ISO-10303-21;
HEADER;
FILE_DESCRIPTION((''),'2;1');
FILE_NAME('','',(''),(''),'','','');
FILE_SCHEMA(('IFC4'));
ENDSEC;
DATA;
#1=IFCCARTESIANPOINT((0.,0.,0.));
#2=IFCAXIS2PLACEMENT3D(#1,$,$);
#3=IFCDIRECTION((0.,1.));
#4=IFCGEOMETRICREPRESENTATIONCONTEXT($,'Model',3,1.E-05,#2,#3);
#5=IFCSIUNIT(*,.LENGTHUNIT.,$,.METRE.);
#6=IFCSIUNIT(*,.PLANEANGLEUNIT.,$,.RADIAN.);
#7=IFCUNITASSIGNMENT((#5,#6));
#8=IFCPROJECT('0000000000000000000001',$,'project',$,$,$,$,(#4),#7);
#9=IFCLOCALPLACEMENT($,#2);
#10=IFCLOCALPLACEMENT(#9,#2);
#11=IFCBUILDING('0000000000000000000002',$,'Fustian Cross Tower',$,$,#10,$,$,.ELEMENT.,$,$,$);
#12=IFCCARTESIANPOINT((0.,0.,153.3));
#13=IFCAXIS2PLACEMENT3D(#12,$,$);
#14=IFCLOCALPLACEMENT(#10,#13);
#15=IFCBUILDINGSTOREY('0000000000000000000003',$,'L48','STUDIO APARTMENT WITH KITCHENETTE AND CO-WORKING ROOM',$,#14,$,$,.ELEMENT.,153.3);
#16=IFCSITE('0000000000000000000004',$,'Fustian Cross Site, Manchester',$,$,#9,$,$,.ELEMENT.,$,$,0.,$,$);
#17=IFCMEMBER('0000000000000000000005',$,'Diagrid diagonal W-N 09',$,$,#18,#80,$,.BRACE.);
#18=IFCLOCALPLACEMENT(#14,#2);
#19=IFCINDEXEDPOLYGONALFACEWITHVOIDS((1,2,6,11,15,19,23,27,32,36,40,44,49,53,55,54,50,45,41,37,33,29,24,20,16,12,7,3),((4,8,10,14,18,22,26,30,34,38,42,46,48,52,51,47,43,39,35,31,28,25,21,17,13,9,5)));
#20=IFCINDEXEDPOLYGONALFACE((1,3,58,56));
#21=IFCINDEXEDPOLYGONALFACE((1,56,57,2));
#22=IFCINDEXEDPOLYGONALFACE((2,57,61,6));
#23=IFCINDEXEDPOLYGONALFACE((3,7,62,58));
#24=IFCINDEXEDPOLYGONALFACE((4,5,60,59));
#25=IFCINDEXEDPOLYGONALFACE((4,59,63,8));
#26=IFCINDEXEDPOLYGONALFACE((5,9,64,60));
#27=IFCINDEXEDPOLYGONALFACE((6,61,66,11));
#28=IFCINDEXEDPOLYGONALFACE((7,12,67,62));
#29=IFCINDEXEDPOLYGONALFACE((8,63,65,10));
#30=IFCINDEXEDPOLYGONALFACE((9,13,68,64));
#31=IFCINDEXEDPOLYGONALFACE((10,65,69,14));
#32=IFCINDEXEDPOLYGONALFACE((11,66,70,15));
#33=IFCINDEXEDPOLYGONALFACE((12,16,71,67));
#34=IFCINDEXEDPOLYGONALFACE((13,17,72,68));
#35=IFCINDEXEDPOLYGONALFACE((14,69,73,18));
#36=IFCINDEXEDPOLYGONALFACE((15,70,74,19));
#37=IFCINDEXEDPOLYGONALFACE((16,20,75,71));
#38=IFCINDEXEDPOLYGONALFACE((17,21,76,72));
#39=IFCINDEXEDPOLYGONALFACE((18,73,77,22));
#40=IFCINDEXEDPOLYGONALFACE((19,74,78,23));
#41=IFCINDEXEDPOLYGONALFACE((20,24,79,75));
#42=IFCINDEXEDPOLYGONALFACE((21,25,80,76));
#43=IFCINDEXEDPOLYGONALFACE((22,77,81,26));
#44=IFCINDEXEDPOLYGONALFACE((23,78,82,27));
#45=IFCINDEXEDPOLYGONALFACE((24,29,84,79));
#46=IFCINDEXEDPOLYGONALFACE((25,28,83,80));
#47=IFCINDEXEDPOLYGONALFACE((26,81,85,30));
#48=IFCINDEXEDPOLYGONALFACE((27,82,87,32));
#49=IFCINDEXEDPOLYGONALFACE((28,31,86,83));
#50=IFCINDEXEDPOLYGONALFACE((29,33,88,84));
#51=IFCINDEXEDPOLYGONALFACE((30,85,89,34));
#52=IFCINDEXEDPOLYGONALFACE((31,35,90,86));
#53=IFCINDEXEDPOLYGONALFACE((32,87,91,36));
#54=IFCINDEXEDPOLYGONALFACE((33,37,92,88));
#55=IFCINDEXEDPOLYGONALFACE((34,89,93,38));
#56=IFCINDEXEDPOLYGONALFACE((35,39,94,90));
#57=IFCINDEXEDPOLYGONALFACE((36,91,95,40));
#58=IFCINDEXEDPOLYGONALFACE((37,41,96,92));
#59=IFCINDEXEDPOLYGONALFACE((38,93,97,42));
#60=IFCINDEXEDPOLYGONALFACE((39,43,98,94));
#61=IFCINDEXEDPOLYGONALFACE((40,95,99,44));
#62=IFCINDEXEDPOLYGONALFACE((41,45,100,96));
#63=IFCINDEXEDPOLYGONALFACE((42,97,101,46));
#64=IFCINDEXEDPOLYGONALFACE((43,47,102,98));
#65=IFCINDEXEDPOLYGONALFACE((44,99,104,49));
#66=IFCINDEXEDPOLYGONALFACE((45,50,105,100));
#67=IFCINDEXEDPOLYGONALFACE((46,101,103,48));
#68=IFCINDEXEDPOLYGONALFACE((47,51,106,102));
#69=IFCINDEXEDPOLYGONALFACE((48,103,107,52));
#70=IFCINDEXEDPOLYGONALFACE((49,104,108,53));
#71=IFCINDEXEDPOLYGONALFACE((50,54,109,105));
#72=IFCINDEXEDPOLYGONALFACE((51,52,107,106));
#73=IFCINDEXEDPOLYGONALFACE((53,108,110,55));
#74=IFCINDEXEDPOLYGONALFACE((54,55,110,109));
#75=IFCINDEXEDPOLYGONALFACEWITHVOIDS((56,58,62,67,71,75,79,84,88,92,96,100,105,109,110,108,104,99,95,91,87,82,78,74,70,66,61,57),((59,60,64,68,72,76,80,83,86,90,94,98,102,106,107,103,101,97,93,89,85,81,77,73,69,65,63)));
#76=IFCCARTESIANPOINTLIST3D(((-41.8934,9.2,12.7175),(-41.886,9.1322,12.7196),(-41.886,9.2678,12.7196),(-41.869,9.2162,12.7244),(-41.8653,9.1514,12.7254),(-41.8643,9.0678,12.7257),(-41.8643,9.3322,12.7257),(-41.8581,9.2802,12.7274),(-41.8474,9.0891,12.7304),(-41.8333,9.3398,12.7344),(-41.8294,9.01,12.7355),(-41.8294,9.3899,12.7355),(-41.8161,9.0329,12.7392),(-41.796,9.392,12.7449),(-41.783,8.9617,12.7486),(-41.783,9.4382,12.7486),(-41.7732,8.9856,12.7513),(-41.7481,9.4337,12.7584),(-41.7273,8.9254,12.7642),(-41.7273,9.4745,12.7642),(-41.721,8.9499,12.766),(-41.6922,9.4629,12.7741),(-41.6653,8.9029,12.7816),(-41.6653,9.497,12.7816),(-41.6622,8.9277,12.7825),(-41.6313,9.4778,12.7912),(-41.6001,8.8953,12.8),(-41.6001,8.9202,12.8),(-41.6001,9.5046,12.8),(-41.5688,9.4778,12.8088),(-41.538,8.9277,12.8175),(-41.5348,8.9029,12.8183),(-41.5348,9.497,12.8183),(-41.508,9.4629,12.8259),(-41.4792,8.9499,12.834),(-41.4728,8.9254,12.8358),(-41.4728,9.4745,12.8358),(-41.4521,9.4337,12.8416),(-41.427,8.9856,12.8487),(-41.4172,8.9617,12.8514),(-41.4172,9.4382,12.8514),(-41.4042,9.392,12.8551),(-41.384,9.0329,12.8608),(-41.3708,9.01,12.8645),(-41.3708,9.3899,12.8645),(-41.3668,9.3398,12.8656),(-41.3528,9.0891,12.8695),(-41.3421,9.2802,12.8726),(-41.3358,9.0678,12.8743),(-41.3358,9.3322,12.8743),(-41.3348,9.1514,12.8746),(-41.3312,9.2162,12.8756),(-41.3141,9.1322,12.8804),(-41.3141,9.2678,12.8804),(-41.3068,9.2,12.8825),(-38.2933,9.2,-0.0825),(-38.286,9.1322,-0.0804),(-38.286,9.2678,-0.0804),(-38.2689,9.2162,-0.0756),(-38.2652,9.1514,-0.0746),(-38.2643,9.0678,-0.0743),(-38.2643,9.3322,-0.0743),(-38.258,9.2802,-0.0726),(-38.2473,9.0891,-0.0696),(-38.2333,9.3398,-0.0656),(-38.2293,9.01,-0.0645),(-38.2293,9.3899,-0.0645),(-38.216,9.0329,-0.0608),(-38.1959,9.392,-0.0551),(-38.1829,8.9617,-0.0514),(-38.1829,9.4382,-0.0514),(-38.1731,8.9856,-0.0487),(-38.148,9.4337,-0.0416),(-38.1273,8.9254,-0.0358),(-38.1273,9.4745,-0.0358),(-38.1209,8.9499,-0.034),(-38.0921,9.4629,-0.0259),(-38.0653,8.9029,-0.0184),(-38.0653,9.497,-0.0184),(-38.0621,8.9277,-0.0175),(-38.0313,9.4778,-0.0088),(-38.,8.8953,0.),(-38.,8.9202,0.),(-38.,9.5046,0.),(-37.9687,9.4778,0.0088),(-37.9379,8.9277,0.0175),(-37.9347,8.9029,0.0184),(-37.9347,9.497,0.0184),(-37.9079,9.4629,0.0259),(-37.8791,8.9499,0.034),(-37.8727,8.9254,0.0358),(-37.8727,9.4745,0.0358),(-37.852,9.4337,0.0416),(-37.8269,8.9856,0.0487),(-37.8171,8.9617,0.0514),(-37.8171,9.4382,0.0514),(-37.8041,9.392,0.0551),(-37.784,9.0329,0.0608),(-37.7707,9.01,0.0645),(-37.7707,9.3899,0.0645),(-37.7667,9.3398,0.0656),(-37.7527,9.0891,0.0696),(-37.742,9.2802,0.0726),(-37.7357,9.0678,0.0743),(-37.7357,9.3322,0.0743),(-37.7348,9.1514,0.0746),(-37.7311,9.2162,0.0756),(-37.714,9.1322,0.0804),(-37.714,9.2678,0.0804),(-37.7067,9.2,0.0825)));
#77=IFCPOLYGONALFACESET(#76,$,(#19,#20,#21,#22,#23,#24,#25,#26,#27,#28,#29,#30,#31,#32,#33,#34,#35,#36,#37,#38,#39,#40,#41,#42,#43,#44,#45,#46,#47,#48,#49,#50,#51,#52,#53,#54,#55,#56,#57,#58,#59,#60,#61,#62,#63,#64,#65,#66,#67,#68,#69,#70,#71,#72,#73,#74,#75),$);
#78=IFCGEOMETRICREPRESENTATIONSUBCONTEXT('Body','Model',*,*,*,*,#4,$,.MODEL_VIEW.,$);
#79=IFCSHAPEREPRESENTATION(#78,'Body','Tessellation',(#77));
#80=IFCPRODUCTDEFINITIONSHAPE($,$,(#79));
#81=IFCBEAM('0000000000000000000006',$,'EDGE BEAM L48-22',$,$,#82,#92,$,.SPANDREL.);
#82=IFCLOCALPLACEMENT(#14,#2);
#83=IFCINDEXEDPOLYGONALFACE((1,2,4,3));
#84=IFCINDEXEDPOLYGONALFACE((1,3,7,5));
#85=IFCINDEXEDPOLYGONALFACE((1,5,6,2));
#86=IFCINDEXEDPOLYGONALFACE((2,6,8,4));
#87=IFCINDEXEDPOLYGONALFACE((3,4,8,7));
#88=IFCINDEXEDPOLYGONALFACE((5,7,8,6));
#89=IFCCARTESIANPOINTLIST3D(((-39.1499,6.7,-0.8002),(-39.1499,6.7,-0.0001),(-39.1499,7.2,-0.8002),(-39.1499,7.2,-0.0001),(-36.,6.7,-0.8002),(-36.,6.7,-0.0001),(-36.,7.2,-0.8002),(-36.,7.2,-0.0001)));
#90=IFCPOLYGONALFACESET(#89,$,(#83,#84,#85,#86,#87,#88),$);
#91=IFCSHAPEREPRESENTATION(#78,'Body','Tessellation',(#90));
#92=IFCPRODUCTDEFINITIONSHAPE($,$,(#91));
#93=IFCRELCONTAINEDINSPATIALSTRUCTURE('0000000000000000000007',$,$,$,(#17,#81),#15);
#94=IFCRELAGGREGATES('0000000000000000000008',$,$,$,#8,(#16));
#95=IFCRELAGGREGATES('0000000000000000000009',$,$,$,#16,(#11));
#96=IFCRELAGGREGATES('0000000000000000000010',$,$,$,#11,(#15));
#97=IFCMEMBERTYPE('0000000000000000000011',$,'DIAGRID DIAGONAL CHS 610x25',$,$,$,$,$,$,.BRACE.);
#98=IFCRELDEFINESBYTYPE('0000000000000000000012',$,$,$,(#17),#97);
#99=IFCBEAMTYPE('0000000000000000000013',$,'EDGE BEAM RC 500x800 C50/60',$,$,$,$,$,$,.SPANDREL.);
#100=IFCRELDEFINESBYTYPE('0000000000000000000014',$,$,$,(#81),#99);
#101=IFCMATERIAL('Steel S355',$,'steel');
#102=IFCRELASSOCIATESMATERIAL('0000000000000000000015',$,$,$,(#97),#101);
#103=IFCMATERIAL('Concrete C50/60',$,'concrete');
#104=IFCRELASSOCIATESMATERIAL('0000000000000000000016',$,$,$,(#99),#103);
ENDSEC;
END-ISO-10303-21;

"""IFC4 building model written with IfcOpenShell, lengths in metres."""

from ifc_helpers import new_model, si_unit, direction, frame, origin, origin_2d, place, context, subcontext, project, spatial, rectangle, hollow_circle, extrude, material, material_profile, profile_set, type_object, element, save


model = new_model("IFC4")

# Units and contexts
model_context = context("Model", 3, precision=1e-05, world=origin(), true_north=direction((0.0, 1.0)))
body_context = subcontext(model_context, "Body", "Model", "MODEL_VIEW")
ifc_project = project(units=[si_unit("LENGTHUNIT", "METRE"), si_unit("PLANEANGLEUNIT", "RADIAN")], contexts=[model_context])

# Site, building, storey
site_placement = place(None, origin())
site = spatial("IfcSite", under=ifc_project, at=site_placement, Name="Fustian Cross Site, Manchester", CompositionType="ELEMENT", RefElevation=0.0)
building_placement = place(site_placement, origin())
building = spatial("IfcBuilding", under=site, at=building_placement, Name="Fustian Cross Tower", CompositionType="ELEMENT")
storey_placement = place(building_placement, frame((0.0, 0.0, 153.3)))
storey = spatial("IfcBuildingStorey", under=building, at=storey_placement, Name="L48", Description="STUDIO APARTMENT WITH KITCHENETTE AND CO-WORKING ROOM", CompositionType="ELEMENT", Elevation=153.3)

# Member
ifc_material_1 = material(Name="Steel S355", Category="steel")
ifc_material_profile_1 = material_profile(ifc_material_1, hollow_circle(Radius=0.3047, WallThickness=0.0249, at=origin_2d()), Name="CHS 610x25")
ifc_profile_set_1 = profile_set([ifc_material_profile_1], Name="Steel S355")
member_type = type_object("IfcMemberType", Name="DIAGRID DIAGONAL CHS 610x25", PredefinedType="BRACE", material=ifc_profile_set_1)
for number, where, z_axis, x_axis, name in (
    (1, (-38.0, 9.2, 0.0), (-0.270751, 0.0, 0.962649), (0.0, -1.0, 0.0), "Diagrid diagonal W-N 09"),
):
    element("IfcMember", number, at=place(storey_placement, frame(where, z_axis=z_axis, x_axis=x_axis)), inside=storey, type_object=member_type, Name=name, PredefinedType="BRACE", context=body_context, shape_type="SweptSolid", body=[
        extrude(hollow_circle(Radius=0.3047, WallThickness=0.0249, at=origin_2d()), origin(), (0.0, 0.0, 1.0), 13.2966),
    ])

# Beam
ifc_material_2 = material(Name="Concrete C50/60", Category="concrete")
ifc_material_profile_2 = material_profile(ifc_material_2, rectangle(XDim=0.5, YDim=0.8, at=origin_2d()), Name="RC 500x800")
ifc_profile_set_2 = profile_set([ifc_material_profile_2], Name="Concrete C50/60")
beam_type = type_object("IfcBeamType", Name="EDGE BEAM RC 500x800 C50/60", PredefinedType="SPANDREL", material=ifc_profile_set_2)
beam_placement = place(storey_placement, frame((-36.0, 6.95, -0.4001), z_axis=(-1.0, 0.0, 0.0), x_axis=(0.0, -1.0, 0.0)))
element("IfcBeam", 2, at=beam_placement, inside=storey, type_object=beam_type, Name="EDGE BEAM L48-22", PredefinedType="SPANDREL", context=body_context, shape_type="SweptSolid", body=[
    extrude(rectangle(XDim=0.5, YDim=0.8, at=origin_2d()), origin(), (0.0, 0.0, 1.0), 3.1499),
])

save(model, "model.ifc")
